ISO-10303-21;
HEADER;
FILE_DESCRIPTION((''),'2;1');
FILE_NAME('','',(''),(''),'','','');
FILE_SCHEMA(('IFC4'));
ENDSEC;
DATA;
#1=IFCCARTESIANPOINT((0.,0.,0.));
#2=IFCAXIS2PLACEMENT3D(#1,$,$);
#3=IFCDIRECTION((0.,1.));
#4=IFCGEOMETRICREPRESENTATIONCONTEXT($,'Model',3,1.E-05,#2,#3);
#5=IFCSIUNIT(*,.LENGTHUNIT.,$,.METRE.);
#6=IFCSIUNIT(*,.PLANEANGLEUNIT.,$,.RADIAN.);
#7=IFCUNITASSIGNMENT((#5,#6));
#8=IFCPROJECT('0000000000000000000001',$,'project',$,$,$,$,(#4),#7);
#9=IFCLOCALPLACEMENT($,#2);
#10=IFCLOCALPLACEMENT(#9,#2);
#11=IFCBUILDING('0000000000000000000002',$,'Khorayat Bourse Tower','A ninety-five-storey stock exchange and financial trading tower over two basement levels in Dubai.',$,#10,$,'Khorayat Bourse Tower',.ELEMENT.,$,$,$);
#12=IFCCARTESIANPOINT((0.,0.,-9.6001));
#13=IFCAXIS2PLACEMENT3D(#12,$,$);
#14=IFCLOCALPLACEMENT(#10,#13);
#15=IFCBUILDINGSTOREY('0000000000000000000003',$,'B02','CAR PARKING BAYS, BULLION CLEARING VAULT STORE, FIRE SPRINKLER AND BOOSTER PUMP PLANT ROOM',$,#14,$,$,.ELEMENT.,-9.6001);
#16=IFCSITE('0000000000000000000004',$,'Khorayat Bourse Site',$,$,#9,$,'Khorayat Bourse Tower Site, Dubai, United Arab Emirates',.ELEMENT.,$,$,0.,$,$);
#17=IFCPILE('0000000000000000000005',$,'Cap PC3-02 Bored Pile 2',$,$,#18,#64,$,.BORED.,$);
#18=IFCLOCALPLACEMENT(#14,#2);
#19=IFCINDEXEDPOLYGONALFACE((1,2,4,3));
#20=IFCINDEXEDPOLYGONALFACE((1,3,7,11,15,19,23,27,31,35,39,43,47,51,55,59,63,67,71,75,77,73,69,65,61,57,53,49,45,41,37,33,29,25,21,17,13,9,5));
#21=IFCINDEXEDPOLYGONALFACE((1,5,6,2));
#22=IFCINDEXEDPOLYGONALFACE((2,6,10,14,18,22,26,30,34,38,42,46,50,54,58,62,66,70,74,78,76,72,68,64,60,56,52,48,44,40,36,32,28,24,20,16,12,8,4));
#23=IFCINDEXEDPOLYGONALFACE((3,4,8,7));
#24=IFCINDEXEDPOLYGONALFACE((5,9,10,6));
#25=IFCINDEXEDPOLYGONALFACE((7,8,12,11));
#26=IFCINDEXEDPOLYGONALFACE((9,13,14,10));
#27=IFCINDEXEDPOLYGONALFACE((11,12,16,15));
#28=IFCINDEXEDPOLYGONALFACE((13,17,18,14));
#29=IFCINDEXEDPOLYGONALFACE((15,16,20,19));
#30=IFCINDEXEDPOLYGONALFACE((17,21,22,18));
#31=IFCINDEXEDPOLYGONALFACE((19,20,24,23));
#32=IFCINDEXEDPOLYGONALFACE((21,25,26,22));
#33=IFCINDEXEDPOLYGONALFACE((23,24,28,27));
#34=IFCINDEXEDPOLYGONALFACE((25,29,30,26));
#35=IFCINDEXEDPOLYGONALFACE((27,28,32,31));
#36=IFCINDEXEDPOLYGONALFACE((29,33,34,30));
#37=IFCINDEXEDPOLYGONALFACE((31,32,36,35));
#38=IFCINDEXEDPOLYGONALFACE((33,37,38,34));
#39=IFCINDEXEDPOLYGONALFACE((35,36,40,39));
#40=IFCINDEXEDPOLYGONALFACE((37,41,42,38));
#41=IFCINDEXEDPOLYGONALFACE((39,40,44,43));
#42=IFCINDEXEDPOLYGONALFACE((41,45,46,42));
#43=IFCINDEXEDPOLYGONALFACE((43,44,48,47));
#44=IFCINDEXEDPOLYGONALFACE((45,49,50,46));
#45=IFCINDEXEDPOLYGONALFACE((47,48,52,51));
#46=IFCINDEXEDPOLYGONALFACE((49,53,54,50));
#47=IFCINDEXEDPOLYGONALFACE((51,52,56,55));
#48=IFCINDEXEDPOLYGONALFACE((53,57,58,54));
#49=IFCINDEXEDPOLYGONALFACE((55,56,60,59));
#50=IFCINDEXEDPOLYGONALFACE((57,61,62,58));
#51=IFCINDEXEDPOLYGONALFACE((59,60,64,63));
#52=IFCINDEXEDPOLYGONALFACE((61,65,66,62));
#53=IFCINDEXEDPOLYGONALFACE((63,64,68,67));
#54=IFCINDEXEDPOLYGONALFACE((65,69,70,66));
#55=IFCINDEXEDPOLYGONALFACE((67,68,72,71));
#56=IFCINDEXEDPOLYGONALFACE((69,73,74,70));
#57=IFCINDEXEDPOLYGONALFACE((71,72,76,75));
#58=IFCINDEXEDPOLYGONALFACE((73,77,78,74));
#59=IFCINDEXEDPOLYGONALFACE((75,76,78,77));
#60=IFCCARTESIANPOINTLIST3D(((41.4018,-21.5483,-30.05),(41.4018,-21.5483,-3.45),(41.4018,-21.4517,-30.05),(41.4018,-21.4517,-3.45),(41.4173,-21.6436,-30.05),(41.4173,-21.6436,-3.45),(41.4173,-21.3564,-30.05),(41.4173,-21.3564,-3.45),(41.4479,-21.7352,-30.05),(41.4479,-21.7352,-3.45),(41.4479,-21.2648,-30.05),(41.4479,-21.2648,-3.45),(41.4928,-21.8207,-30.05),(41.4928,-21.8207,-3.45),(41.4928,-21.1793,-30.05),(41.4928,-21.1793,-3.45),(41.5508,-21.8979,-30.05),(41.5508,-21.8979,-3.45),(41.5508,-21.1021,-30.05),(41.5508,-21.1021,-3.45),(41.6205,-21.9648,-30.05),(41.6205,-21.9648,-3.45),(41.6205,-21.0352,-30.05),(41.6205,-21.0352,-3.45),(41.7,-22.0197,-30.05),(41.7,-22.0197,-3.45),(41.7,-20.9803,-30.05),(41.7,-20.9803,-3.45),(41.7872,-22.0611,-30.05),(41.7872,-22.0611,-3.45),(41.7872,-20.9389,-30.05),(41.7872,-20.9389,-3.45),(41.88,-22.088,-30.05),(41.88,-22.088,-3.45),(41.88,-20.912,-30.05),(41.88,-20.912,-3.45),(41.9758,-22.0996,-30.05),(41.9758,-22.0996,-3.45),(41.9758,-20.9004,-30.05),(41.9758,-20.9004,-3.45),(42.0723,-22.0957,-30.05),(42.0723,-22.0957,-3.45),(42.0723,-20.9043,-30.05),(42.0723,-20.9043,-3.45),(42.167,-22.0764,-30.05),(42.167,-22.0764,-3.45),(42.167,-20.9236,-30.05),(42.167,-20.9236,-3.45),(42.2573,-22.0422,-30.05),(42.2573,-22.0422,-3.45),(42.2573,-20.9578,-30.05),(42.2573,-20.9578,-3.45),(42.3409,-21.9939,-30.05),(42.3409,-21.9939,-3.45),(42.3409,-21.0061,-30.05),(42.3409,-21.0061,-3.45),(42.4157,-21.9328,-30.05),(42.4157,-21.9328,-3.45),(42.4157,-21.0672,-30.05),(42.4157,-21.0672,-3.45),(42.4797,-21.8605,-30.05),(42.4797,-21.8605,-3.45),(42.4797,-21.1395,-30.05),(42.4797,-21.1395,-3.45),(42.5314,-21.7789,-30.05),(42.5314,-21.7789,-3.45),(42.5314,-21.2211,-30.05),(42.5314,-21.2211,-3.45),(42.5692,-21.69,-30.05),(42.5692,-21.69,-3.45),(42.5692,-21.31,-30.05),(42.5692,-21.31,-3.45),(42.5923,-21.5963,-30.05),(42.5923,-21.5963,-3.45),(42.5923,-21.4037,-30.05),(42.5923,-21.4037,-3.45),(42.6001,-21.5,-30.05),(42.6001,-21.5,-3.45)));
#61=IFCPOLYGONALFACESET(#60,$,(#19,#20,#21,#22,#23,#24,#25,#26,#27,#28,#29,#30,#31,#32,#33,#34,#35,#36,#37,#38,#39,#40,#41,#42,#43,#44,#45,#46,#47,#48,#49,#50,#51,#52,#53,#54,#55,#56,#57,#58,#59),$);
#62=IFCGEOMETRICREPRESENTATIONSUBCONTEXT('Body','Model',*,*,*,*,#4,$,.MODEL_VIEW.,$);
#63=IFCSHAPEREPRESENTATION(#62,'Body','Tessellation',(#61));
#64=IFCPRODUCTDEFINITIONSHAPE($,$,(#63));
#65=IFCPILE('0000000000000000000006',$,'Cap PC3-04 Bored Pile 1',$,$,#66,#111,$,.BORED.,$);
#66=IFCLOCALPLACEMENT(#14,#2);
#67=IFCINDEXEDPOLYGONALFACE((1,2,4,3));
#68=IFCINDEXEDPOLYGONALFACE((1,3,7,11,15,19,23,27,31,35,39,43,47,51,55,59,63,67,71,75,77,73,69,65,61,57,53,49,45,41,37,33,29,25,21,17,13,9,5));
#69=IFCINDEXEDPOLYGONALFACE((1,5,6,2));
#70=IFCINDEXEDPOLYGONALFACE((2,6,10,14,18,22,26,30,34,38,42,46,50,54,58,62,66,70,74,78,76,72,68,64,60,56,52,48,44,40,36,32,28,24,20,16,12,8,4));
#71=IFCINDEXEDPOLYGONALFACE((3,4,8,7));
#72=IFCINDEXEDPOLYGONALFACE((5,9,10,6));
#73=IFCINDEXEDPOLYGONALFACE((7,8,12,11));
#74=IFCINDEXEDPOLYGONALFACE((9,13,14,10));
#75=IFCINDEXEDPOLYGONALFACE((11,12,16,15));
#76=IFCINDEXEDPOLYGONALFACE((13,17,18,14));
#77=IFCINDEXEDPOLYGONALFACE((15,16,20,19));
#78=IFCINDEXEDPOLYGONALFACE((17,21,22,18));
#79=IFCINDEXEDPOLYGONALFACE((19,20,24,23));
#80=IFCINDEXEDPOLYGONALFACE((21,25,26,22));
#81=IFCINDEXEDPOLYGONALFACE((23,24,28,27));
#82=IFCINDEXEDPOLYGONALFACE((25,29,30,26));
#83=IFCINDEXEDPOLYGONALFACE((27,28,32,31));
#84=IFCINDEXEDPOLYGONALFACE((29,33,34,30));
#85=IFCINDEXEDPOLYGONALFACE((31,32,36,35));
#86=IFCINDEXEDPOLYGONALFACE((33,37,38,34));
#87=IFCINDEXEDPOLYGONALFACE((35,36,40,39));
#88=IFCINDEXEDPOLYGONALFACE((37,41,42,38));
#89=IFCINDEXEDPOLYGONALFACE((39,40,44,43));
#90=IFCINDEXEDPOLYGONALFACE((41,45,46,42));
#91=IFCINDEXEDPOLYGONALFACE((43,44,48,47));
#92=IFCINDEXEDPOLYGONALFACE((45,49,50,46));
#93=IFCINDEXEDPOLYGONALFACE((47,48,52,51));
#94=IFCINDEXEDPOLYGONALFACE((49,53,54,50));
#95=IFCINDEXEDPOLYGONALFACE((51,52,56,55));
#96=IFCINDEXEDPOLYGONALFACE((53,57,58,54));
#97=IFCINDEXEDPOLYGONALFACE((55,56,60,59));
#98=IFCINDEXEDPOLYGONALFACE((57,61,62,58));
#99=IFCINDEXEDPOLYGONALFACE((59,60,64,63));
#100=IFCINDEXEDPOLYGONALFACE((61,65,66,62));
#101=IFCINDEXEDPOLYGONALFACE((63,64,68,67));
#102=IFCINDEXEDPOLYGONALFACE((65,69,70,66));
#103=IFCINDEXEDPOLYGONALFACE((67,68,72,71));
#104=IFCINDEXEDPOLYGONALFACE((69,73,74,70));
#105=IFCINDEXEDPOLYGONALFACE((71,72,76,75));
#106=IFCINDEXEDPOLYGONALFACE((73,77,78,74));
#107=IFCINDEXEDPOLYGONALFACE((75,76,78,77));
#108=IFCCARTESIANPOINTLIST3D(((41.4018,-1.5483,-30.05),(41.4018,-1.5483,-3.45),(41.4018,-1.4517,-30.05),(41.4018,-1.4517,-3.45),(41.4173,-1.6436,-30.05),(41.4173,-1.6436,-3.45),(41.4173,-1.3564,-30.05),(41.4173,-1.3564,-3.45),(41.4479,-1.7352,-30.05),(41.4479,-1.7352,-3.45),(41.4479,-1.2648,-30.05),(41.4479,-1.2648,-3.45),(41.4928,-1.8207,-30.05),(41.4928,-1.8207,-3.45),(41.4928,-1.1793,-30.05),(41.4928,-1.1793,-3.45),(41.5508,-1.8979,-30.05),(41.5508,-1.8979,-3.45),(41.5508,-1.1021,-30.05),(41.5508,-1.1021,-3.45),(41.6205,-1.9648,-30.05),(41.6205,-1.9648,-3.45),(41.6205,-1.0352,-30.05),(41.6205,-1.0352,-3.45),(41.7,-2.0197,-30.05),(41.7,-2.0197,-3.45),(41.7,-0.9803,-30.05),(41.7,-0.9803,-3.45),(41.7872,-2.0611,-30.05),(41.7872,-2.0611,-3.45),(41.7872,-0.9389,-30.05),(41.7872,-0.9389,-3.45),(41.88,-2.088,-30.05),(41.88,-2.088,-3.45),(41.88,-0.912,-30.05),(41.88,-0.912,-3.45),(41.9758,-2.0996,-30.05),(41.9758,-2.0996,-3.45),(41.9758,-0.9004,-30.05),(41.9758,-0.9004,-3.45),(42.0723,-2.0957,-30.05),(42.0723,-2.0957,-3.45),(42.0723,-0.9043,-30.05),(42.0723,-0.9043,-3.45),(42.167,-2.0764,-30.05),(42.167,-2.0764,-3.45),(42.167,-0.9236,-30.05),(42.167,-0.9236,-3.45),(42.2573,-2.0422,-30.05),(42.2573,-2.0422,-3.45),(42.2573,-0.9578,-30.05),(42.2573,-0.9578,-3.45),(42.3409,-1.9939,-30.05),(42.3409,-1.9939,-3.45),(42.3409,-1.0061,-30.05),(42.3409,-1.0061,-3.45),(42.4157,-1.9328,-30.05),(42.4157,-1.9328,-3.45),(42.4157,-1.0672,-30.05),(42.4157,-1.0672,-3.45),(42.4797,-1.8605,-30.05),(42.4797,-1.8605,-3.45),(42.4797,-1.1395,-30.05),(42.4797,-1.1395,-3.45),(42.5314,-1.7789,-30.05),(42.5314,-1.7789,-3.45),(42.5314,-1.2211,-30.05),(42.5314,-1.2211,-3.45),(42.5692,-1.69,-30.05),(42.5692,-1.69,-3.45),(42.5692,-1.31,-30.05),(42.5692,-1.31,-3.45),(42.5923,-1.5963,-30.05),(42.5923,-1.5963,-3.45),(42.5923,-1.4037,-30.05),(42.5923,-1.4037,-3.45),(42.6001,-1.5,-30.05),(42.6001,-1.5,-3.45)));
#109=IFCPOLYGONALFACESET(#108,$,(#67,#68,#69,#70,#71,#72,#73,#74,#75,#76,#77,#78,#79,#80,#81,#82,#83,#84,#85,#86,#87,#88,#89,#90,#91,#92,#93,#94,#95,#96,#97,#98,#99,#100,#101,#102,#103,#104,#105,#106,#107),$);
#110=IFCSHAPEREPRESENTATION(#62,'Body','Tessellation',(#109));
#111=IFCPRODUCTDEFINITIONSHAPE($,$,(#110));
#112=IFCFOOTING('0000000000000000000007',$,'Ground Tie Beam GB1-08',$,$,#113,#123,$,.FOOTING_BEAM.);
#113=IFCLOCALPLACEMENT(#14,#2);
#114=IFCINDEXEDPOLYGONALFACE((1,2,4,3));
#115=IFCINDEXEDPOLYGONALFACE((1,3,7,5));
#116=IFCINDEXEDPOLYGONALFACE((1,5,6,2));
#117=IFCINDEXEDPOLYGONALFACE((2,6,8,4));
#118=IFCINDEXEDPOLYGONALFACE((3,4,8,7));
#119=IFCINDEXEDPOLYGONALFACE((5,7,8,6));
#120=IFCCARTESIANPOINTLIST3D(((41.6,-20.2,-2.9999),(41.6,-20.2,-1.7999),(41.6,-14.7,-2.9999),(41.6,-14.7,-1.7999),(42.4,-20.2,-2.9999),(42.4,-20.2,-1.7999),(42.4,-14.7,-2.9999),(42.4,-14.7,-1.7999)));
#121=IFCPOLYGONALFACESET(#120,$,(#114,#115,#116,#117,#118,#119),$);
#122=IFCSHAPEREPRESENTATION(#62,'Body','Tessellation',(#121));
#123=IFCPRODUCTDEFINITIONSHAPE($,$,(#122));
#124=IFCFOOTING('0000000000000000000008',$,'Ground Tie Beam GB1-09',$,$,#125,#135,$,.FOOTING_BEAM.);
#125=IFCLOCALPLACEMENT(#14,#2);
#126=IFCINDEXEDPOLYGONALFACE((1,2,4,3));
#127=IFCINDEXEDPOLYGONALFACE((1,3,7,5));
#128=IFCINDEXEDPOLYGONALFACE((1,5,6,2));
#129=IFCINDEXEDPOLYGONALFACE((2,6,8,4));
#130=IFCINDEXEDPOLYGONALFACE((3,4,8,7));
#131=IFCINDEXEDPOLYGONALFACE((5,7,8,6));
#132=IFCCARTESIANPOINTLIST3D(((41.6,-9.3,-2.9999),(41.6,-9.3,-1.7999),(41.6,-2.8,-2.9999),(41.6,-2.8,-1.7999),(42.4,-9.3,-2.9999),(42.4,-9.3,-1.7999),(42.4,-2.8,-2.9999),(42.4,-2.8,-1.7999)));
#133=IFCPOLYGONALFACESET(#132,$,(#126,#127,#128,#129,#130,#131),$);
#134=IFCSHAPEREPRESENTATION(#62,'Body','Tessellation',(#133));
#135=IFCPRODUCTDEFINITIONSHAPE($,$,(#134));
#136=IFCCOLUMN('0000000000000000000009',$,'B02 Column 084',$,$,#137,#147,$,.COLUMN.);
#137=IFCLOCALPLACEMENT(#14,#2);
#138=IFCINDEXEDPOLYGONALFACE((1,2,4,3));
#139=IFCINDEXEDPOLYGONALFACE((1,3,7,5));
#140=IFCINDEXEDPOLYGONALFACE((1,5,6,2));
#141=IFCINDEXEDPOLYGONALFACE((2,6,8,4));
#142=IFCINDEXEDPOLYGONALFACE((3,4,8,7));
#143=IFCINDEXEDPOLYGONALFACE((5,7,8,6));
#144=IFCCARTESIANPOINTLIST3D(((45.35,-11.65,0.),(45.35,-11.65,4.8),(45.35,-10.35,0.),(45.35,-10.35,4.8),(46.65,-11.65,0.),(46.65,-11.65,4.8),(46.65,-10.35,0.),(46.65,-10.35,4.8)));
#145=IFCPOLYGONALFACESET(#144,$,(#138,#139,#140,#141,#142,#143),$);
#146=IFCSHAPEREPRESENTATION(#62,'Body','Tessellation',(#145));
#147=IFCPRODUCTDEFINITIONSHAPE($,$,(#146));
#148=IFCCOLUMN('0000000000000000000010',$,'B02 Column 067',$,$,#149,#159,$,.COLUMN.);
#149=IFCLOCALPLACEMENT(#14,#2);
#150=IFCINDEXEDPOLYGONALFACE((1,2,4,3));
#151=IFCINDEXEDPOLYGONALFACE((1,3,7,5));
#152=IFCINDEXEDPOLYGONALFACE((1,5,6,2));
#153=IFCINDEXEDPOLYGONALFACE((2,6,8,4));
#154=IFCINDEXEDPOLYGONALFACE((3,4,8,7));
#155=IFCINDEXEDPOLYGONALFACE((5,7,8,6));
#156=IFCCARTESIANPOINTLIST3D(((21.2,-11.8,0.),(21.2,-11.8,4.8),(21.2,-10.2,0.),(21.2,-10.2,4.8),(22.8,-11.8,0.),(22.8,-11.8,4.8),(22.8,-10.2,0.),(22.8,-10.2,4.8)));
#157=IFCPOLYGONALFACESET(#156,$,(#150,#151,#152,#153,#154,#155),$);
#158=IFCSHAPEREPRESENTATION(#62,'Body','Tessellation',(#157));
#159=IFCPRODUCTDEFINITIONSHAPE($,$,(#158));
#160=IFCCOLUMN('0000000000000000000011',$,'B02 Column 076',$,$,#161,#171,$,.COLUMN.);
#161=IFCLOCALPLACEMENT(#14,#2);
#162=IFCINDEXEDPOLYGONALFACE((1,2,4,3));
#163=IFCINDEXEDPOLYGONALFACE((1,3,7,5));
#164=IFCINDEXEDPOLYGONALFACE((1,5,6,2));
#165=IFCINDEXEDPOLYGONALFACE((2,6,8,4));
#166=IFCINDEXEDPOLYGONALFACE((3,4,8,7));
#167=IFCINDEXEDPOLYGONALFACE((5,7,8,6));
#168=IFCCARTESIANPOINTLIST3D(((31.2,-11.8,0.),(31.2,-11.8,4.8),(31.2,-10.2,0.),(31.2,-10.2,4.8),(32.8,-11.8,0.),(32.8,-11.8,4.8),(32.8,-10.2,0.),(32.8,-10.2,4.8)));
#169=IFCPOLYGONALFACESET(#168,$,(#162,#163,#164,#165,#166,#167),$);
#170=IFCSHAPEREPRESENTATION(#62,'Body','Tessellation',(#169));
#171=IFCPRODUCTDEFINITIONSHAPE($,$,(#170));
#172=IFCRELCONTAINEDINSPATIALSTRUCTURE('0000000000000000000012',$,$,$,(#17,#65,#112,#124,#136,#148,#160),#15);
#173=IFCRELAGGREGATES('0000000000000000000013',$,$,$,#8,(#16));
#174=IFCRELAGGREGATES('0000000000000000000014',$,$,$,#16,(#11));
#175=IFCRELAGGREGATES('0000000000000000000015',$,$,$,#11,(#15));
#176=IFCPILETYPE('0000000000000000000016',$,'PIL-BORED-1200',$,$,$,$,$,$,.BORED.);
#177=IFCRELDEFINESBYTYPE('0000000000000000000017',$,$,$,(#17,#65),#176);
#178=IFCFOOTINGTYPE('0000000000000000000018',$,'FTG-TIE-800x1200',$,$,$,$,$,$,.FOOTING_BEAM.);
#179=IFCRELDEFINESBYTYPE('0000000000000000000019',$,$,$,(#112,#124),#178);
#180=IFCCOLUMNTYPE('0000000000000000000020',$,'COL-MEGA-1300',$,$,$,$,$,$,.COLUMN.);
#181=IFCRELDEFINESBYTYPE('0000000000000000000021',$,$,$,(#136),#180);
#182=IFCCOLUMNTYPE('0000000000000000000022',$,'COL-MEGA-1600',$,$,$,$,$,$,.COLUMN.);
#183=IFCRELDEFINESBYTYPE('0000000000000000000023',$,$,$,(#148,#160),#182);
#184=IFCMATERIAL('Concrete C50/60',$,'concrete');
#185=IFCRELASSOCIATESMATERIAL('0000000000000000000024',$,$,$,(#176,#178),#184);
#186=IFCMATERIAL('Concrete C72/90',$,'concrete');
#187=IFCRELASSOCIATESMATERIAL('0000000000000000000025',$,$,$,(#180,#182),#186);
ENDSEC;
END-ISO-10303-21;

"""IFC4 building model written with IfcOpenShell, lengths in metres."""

from ifc_helpers import new_model, si_unit, direction, frame, origin, origin_2d, place, context, subcontext, project, spatial, rectangle, circle, extrude, source, transform, mapped, material, material_profile, profile_set, type_object, element, save


model = new_model("IFC4")

# Units and contexts
model_context = context("Model", 3, precision=1e-05, world=origin(), true_north=direction((0.0, 1.0)))
body_context = subcontext(model_context, "Body", "Model", "MODEL_VIEW")
ifc_project = project(units=[si_unit("LENGTHUNIT", "METRE"), si_unit("PLANEANGLEUNIT", "RADIAN")], contexts=[model_context])

# Site, building, storey
site_placement = place(None, origin())
site = spatial("IfcSite", under=ifc_project, at=site_placement, Name="Khorayat Bourse Site", LongName="Khorayat Bourse Tower Site, Dubai, United Arab Emirates", CompositionType="ELEMENT", RefElevation=0.0)
building_placement = place(site_placement, origin())
building = spatial("IfcBuilding", under=site, at=building_placement, Name="Khorayat Bourse Tower", Description="A ninety-five-storey stock exchange and financial trading tower over two basement levels in Dubai.", LongName="Khorayat Bourse Tower", CompositionType="ELEMENT")
storey_placement = place(building_placement, frame((0.0, 0.0, -9.6001)))
storey = spatial("IfcBuildingStorey", under=building, at=storey_placement, Name="B02", Description="CAR PARKING BAYS, BULLION CLEARING VAULT STORE, FIRE SPRINKLER AND BOOSTER PUMP PLANT ROOM", CompositionType="ELEMENT", Elevation=-9.6001)

# Shared definitions
ifc_material_1 = material(Name="Concrete C50/60", Category="concrete")

# Piles
ifc_material_profile_1 = material_profile(ifc_material_1, circle(Radius=0.6001, at=origin_2d()), Name="BORED PILE D1200")
ifc_profile_set_1 = profile_set([ifc_material_profile_1], Name="Concrete C50/60")
pile_type_1 = type_object("IfcPileType", Name="PIL-BORED-1200", PredefinedType="BORED", material=ifc_profile_set_1)
shared_shape_1 = source(origin(), body_context, "Body", "SweptSolid", [
    extrude(circle(Radius=0.6001, at=origin_2d()), origin(), (0.0, 0.0, 1.0), 26.6001),
])
for number, where, z_axis, x_axis, name in (
    (1, (42.0, -21.5, -3.45), (0.0, 0.0, -1.0), (1.0, 0.0, 0.0), "Cap PC3-02 Bored Pile 2"),
    (2, (42.0, -1.5, -3.45), (0.0, 0.0, -1.0), (1.0, 0.0, 0.0), "Cap PC3-04 Bored Pile 1"),
):
    element("IfcPile", number, at=place(storey_placement, frame(where, z_axis=z_axis, x_axis=x_axis)), inside=storey, type_object=pile_type_1, Name=name, PredefinedType="BORED", context=body_context, shape_type="MappedRepresentation", body=[
        mapped(shared_shape_1, transform((0.0, 0.0, 0.0), scale=1.0)),
    ])

# Footings
ifc_material_profile_2 = material_profile(ifc_material_1, rectangle(XDim=0.8, YDim=1.2, at=origin_2d()), Name="RC 800x1200")
ifc_profile_set_2 = profile_set([ifc_material_profile_2], Name="Concrete C50/60")
footing_type_1 = type_object("IfcFootingType", Name="FTG-TIE-800x1200", PredefinedType="FOOTING_BEAM", material=ifc_profile_set_2)
shared_shape_2 = source(origin(), body_context, "Body", "SweptSolid", [
    extrude(rectangle(XDim=0.8, YDim=1.2, at=origin_2d()), origin(), (0.0, 0.0, 1.0), 5.5),
])
footing_1_placement = place(storey_placement, frame((42.0, -20.2, -2.3999), z_axis=(0.0, 1.0, 0.0), x_axis=(-1.0, 0.0, 0.0)))
element("IfcFooting", 3, at=footing_1_placement, inside=storey, type_object=footing_type_1, Name="Ground Tie Beam GB1-08", PredefinedType="FOOTING_BEAM", context=body_context, shape_type="MappedRepresentation", body=[
    mapped(shared_shape_2, transform((0.0, 0.0, 0.0), scale=1.0)),
])
shared_shape_3 = source(origin(), body_context, "Body", "SweptSolid", [
    extrude(rectangle(XDim=0.8, YDim=1.2, at=origin_2d()), origin(), (0.0, 0.0, 1.0), 6.5),
])
footing_2_placement = place(storey_placement, frame((42.0, -9.3, -2.3999), z_axis=(0.0, 1.0, 0.0), x_axis=(-1.0, 0.0, 0.0)))
element("IfcFooting", 4, at=footing_2_placement, inside=storey, type_object=footing_type_1, Name="Ground Tie Beam GB1-09", PredefinedType="FOOTING_BEAM", context=body_context, shape_type="MappedRepresentation", body=[
    mapped(shared_shape_3, transform((0.0, 0.0, 0.0), scale=1.0)),
])

# Columns
ifc_material_2 = material(Name="Concrete C72/90", Category="concrete")
ifc_material_profile_3 = material_profile(ifc_material_2, rectangle(XDim=1.3, YDim=1.3, at=origin_2d()), Name="RC 1300x1300")
ifc_profile_set_3 = profile_set([ifc_material_profile_3], Name="Concrete C72/90")
column_type_1 = type_object("IfcColumnType", Name="COL-MEGA-1300", PredefinedType="COLUMN", material=ifc_profile_set_3)
shared_shape_4 = source(origin(), body_context, "Body", "SweptSolid", [
    extrude(rectangle(XDim=1.3, YDim=1.3, at=origin_2d()), origin(), (0.0, 0.0, 1.0), 4.8),
])
column_placement = place(storey_placement, frame((46.0, -11.0, 0.0), z_axis=(0.0, 0.0, 1.0), x_axis=(1.0, 0.0, 0.0)))
element("IfcColumn", 5, at=column_placement, inside=storey, type_object=column_type_1, Name="B02 Column 084", PredefinedType="COLUMN", context=body_context, shape_type="MappedRepresentation", body=[
    mapped(shared_shape_4, transform((0.0, 0.0, 0.0), scale=1.0)),
])
ifc_material_profile_4 = material_profile(ifc_material_2, rectangle(XDim=1.6001, YDim=1.6001, at=origin_2d()), Name="RC 1600x1600")
ifc_profile_set_4 = profile_set([ifc_material_profile_4], Name="Concrete C72/90")
column_type_2 = type_object("IfcColumnType", Name="COL-MEGA-1600", PredefinedType="COLUMN", material=ifc_profile_set_4)
shared_shape_5 = source(origin(), body_context, "Body", "SweptSolid", [
    extrude(rectangle(XDim=1.6001, YDim=1.6001, at=origin_2d()), origin(), (0.0, 0.0, 1.0), 4.8),
])
for number, where, z_axis, x_axis, name in (
    (6, (22.0, -11.0, 0.0), (0.0, 0.0, 1.0), (1.0, 0.0, 0.0), "B02 Column 067"),
    (7, (32.0, -11.0, 0.0), (0.0, 0.0, 1.0), (1.0, 0.0, 0.0), "B02 Column 076"),
):
    element("IfcColumn", number, at=place(storey_placement, frame(where, z_axis=z_axis, x_axis=x_axis)), inside=storey, type_object=column_type_2, Name=name, PredefinedType="COLUMN", context=body_context, shape_type="MappedRepresentation", body=[
        mapped(shared_shape_5, transform((0.0, 0.0, 0.0), scale=1.0)),
    ])

save(model, "model.ifc")
